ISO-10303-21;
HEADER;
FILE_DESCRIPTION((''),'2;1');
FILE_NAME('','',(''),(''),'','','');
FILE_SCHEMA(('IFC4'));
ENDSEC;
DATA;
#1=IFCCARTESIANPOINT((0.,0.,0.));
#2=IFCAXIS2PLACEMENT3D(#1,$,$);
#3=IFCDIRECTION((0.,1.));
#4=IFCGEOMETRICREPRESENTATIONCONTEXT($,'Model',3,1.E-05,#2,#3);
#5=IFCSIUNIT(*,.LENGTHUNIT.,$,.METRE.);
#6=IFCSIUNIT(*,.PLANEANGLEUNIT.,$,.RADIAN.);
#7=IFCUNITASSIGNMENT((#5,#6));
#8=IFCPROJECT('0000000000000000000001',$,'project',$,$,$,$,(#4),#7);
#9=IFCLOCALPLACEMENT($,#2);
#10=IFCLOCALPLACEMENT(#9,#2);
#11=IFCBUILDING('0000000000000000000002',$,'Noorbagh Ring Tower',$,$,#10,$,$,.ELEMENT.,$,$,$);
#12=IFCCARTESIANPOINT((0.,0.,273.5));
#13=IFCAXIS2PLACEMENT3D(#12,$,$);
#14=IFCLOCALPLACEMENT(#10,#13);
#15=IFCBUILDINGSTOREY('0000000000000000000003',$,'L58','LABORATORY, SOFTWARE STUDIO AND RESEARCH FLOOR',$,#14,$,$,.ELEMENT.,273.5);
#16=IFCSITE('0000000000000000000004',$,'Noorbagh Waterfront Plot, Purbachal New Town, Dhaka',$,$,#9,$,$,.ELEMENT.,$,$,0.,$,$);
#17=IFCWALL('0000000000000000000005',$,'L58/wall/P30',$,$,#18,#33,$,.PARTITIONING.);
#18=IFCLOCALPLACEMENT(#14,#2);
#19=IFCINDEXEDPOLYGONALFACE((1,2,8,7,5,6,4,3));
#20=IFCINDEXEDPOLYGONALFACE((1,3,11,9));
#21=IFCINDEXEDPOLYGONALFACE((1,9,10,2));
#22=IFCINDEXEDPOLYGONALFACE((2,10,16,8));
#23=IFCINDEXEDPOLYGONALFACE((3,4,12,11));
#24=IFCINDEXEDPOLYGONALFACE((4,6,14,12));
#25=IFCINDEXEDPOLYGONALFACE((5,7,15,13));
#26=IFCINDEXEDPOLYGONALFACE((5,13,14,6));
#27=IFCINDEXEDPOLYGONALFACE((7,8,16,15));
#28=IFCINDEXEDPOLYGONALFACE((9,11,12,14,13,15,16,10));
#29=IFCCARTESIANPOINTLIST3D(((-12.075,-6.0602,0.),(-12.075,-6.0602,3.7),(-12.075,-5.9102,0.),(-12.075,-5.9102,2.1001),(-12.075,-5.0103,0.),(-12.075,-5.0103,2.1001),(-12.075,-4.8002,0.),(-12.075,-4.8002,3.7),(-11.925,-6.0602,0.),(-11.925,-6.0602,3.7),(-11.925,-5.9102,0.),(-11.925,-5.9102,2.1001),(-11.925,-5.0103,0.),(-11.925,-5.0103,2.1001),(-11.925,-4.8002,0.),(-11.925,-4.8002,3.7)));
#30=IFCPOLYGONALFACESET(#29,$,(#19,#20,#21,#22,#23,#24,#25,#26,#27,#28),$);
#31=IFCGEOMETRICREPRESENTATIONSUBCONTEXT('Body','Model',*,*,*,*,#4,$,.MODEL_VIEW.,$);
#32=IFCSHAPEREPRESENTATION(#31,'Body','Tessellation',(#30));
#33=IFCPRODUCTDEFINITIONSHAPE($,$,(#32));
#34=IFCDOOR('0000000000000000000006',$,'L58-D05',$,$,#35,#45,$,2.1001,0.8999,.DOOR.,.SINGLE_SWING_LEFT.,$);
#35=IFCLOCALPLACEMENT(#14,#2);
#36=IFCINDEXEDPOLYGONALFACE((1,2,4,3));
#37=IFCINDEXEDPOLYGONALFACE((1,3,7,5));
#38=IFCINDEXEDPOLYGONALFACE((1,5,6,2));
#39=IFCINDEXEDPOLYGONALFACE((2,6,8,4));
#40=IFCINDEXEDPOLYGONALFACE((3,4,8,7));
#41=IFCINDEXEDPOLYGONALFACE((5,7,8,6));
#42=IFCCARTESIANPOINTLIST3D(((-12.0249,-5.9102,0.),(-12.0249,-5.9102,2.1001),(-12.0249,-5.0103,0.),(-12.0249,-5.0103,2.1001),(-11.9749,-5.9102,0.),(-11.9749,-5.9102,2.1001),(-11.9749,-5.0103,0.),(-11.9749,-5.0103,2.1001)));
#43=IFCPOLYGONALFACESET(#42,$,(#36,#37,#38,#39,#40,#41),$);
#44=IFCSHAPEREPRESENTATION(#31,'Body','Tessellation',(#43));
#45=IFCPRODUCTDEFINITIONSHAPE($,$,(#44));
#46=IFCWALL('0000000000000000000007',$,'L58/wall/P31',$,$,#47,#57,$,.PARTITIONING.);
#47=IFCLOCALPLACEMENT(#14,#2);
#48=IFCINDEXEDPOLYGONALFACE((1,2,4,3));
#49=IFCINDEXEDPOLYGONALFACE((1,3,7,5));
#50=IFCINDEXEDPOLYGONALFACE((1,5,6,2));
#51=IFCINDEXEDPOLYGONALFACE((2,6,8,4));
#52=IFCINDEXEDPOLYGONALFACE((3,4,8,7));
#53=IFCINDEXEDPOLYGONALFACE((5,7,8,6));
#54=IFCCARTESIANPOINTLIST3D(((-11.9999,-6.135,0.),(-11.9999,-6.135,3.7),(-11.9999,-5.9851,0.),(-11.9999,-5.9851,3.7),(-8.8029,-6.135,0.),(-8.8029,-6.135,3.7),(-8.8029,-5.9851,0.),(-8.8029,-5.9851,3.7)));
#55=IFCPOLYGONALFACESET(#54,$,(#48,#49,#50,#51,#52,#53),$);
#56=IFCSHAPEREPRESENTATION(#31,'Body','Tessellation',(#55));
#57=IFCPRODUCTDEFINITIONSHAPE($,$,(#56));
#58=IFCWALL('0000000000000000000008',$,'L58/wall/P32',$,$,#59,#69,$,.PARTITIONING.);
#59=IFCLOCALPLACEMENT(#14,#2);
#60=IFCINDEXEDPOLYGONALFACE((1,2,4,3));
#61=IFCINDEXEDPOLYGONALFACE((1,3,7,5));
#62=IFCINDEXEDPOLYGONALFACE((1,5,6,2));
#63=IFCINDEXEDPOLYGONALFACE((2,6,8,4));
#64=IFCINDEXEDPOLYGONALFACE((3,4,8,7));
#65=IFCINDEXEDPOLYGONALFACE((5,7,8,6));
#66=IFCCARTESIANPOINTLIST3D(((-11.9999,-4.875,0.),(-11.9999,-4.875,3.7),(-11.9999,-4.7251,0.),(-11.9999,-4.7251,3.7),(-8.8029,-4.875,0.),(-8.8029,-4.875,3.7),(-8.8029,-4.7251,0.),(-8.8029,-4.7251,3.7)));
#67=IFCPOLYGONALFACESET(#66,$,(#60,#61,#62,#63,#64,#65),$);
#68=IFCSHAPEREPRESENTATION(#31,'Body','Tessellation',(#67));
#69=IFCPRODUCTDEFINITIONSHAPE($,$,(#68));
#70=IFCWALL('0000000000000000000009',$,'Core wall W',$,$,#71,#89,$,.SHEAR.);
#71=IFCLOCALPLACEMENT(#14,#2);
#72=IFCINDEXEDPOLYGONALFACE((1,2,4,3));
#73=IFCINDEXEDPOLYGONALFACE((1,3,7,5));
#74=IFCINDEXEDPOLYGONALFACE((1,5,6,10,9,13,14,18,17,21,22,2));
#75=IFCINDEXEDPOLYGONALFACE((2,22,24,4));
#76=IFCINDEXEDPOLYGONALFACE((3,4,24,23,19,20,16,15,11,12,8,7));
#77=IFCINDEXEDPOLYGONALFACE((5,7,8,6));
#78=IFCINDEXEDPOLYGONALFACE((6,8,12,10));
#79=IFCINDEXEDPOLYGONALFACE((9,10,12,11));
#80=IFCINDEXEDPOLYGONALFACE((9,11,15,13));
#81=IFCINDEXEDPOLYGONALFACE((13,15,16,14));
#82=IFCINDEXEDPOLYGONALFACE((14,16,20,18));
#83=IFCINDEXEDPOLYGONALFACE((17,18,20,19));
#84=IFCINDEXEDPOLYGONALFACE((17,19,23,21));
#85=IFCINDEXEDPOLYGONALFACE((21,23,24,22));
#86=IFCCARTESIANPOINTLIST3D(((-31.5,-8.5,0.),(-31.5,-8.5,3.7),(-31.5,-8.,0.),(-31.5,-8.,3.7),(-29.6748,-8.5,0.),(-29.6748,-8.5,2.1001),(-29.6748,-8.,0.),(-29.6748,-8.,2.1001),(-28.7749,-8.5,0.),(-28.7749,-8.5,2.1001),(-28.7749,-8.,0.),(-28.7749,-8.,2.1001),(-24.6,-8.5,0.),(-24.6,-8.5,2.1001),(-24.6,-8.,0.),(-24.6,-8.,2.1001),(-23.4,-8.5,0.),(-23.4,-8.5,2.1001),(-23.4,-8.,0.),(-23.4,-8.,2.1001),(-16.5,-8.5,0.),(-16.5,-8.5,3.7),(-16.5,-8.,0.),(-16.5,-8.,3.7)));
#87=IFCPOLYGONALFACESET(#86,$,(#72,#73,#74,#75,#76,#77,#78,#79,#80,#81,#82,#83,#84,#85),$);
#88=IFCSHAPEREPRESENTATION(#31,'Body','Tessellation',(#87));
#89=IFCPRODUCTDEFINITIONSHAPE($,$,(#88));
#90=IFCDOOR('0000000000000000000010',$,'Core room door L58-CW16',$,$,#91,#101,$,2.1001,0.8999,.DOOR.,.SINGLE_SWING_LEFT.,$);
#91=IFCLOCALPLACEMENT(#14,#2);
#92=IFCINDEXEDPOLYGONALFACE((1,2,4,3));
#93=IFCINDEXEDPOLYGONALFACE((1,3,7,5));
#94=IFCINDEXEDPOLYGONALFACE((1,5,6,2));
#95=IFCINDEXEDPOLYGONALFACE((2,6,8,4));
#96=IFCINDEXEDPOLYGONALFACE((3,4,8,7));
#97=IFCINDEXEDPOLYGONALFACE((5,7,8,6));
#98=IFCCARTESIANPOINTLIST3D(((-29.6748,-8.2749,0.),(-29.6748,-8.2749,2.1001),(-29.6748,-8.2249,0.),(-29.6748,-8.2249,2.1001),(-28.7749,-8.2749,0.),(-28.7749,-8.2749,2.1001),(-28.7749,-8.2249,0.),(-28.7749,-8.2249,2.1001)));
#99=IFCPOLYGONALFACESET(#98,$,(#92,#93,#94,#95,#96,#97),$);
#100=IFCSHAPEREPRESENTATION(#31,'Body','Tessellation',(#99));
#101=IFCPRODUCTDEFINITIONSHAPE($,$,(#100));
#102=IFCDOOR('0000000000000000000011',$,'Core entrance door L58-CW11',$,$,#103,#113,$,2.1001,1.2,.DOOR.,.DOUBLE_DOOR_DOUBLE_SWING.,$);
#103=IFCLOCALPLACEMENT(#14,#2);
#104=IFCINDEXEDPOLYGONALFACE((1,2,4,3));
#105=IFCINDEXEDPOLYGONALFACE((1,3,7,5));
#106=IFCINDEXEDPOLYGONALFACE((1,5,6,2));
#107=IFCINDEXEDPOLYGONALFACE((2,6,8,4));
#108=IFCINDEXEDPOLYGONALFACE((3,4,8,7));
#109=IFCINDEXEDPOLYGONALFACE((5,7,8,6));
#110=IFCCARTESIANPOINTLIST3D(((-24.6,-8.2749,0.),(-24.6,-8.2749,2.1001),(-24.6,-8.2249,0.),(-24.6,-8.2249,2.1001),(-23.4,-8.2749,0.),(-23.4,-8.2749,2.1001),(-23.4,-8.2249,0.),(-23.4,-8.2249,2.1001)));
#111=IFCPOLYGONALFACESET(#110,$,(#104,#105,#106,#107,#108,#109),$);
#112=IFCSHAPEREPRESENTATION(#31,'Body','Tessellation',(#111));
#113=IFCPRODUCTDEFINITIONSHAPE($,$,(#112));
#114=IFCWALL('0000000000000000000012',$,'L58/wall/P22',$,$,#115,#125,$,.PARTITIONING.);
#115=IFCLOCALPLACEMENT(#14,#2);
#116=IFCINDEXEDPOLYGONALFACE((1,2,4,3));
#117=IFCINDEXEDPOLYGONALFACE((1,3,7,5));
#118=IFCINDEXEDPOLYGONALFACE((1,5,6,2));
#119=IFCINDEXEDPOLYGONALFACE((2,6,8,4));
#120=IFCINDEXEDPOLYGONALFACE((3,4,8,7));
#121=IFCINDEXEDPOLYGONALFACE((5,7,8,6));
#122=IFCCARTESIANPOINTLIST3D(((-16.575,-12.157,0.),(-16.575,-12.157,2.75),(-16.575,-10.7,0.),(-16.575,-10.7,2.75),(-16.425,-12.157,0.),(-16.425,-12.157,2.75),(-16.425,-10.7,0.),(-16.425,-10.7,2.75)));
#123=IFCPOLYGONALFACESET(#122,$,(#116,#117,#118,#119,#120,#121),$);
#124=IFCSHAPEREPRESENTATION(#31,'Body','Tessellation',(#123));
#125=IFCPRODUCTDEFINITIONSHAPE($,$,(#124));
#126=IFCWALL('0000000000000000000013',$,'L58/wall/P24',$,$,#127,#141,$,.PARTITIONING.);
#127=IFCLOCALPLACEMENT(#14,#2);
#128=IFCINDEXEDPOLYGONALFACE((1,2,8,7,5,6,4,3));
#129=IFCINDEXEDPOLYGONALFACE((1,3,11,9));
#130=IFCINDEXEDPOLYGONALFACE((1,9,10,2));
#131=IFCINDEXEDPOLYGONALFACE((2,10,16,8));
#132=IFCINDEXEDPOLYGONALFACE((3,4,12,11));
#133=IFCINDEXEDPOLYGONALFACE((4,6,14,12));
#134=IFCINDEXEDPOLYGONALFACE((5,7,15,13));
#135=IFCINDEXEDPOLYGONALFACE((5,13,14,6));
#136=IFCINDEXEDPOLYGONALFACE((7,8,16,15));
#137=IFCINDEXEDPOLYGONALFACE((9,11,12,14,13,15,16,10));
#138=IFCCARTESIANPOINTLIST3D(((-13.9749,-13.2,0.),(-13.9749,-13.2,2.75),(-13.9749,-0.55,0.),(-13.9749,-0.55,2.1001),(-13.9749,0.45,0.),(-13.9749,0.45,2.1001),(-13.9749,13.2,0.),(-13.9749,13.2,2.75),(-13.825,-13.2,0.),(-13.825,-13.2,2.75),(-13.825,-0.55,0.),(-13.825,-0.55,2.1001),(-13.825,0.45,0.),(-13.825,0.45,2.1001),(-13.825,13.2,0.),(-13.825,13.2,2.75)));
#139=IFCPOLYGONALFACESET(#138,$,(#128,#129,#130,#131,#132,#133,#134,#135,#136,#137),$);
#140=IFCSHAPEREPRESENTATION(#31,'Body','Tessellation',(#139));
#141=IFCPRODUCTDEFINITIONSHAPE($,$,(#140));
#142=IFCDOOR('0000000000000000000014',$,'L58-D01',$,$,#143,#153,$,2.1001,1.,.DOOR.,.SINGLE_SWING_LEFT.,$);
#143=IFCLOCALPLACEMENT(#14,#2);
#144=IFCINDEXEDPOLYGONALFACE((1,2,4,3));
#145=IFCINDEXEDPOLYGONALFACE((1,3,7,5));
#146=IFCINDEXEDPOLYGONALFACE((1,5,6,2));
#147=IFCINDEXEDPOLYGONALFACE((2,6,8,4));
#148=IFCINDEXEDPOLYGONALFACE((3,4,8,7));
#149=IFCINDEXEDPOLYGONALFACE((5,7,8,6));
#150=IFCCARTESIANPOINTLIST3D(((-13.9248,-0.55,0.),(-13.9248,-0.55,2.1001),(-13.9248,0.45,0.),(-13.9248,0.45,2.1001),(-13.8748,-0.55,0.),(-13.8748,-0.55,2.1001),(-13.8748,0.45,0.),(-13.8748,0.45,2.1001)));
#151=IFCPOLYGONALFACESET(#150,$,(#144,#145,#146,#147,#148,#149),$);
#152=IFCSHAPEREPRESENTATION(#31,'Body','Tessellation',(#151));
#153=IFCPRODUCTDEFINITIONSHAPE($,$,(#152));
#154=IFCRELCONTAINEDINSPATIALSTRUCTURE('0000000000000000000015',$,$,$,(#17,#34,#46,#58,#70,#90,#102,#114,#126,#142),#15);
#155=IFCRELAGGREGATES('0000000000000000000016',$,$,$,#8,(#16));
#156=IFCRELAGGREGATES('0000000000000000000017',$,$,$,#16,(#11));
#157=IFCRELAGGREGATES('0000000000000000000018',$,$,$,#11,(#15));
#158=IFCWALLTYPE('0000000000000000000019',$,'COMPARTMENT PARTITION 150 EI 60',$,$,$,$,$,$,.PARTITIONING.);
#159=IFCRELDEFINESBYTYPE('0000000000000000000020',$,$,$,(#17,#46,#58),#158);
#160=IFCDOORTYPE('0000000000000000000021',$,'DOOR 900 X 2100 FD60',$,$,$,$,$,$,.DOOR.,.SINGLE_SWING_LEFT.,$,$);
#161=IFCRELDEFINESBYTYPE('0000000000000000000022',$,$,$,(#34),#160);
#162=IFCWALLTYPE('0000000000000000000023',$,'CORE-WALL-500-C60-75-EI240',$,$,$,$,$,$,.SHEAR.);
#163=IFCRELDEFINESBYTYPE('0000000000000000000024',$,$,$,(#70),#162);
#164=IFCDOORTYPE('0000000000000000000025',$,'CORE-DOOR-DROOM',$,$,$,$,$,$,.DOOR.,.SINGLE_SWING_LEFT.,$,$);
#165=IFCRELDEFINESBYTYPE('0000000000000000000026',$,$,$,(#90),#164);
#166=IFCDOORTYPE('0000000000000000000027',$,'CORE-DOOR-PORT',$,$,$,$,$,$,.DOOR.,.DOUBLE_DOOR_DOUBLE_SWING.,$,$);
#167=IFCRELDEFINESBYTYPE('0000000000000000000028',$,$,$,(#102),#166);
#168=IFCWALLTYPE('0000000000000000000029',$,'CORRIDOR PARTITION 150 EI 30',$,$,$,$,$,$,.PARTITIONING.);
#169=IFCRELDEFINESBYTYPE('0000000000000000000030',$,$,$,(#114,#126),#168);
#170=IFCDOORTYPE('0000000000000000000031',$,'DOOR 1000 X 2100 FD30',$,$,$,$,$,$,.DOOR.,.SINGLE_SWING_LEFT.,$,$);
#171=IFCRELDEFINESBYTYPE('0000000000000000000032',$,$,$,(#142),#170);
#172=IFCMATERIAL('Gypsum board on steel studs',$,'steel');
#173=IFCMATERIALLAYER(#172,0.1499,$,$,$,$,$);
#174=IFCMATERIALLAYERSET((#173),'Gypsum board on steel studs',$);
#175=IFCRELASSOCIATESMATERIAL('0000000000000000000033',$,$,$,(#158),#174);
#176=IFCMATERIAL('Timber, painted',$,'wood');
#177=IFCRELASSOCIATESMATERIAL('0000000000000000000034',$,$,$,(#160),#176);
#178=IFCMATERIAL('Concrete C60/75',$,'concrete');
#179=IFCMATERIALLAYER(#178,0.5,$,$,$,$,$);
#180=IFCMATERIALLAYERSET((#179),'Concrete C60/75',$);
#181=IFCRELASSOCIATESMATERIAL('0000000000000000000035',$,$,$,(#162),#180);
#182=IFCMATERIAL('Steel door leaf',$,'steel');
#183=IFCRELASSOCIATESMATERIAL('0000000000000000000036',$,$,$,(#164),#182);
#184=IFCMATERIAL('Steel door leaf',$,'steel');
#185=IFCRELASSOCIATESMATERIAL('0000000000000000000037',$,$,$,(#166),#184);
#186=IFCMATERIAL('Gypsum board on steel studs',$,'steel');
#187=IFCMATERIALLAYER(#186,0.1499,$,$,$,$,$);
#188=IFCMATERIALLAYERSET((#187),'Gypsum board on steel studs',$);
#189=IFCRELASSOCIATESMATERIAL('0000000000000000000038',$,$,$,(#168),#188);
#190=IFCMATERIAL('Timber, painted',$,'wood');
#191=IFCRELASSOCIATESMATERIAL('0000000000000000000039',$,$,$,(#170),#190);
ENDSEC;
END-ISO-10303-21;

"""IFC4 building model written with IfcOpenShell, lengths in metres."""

from ifc_helpers import new_model, si_unit, direction, frame, frame_2d, origin, place, context, subcontext, project, spatial, rectangle, extrude, material, layer, layer_set, type_object, element, fill, save


model = new_model("IFC4")

# Units and contexts
model_context = context("Model", 3, precision=1e-05, world=origin(), true_north=direction((0.0, 1.0)))
body_context = subcontext(model_context, "Body", "Model", "MODEL_VIEW")
ifc_project = project(units=[si_unit("LENGTHUNIT", "METRE"), si_unit("PLANEANGLEUNIT", "RADIAN")], contexts=[model_context])

# Site, building, storey
site_placement = place(None, origin())
site = spatial("IfcSite", under=ifc_project, at=site_placement, Name="Noorbagh Waterfront Plot, Purbachal New Town, Dhaka", CompositionType="ELEMENT", RefElevation=0.0)
building_placement = place(site_placement, origin())
building = spatial("IfcBuilding", under=site, at=building_placement, Name="Noorbagh Ring Tower", CompositionType="ELEMENT")
storey_placement = place(building_placement, frame((0.0, 0.0, 273.5)))
storey = spatial("IfcBuildingStorey", under=building, at=storey_placement, Name="L58", Description="LABORATORY, SOFTWARE STUDIO AND RESEARCH FLOOR", CompositionType="ELEMENT", Elevation=273.5)

# Wall, opening, door
ifc_material_1 = material(Name="Gypsum board on steel studs", Category="steel")
ifc_layer_1 = layer(ifc_material_1, 0.1499)
ifc_layer_set_1 = layer_set([ifc_layer_1], Name="Gypsum board on steel studs")
wall_type_1 = type_object("IfcWallType", Name="COMPARTMENT PARTITION 150 EI 60", PredefinedType="PARTITIONING", material=ifc_layer_set_1)
wall_1_placement = place(storey_placement, frame((-12.0, -6.0601, 0.0), z_axis=(0.0, 0.0, 1.0), x_axis=(0.0, 1.0, 0.0)))
wall_1 = element("IfcWall", 1, at=wall_1_placement, inside=storey, type_object=wall_type_1, Name="L58/wall/P30", PredefinedType="PARTITIONING", context=body_context, shape_type="SweptSolid", body=[
    extrude(rectangle(XDim=1.26, YDim=0.1499, at=frame_2d((0.6299, 0.0))), origin(), (0.0, 0.0, 1.0), 3.7),
])
opening_1_placement = place(wall_1_placement, frame((0.1499, 0.0, 0.0)))
opening_1 = element("IfcOpeningElement", 2, at=opening_1_placement, cuts=wall_1, PredefinedType="OPENING", context=body_context, shape_type="SweptSolid", body=[
    extrude(rectangle(XDim=0.8999, YDim=2.1001, at=frame_2d((0.45, 1.05))), frame((0.0, 0.085, 0.0), z_axis=(0.0, -1.0, 0.0), x_axis=(1.0, 0.0, 0.0)), (0.0, 0.0, 1.0), 0.1699),
])
ifc_material_2 = material(Name="Timber, painted", Category="wood")
door_type_1 = type_object("IfcDoorType", Name="DOOR 900 X 2100 FD60", OperationType="SINGLE_SWING_LEFT", PredefinedType="DOOR", material=ifc_material_2)
door_1_placement = place(opening_1_placement, origin())
door_1 = element("IfcDoor", 3, at=door_1_placement, inside=storey, type_object=door_type_1, Name="L58-D05", OperationType="SINGLE_SWING_LEFT", OverallHeight=2.1001, OverallWidth=0.8999, PredefinedType="DOOR", context=body_context, shape_type="SweptSolid", body=[
    extrude(rectangle(XDim=0.8999, YDim=2.1001, at=frame_2d((0.45, 1.05))), frame((0.0, 0.0249, 0.0), z_axis=(0.0, -1.0, 0.0), x_axis=(1.0, 0.0, 0.0)), (0.0, 0.0, 1.0), 0.05),
])
fill(opening_1, door_1)

# Walls
for number, where, z_axis, x_axis, name in (
    (4, (-12.0, -6.0601, 0.0), (0.0, 0.0, 1.0), (1.0, 0.0, 0.0), "L58/wall/P31"),
    (5, (-12.0, -4.8, 0.0), (0.0, 0.0, 1.0), (1.0, 0.0, 0.0), "L58/wall/P32"),
):
    element("IfcWall", number, at=place(storey_placement, frame(where, z_axis=z_axis, x_axis=x_axis)), inside=storey, type_object=wall_type_1, Name=name, PredefinedType="PARTITIONING", context=body_context, shape_type="SweptSolid", body=[
        extrude(rectangle(XDim=3.197, YDim=0.1499, at=frame_2d((1.5986, 0.0))), origin(), (0.0, 0.0, 1.0), 3.7),
    ])

# Wall, openings, doors
ifc_material_3 = material(Name="Concrete C60/75", Category="concrete")
ifc_layer_2 = layer(ifc_material_3, 0.5)
ifc_layer_set_2 = layer_set([ifc_layer_2], Name="Concrete C60/75")
wall_type_2 = type_object("IfcWallType", Name="CORE-WALL-500-C60-75-EI240", PredefinedType="SHEAR", material=ifc_layer_set_2)
wall_2_placement = place(storey_placement, frame((-16.5, -8.25, 0.0), z_axis=(0.0, 0.0, 1.0), x_axis=(-1.0, 0.0, 0.0)))
wall_2 = element("IfcWall", 6, at=wall_2_placement, inside=storey, type_object=wall_type_2, Name="Core wall W", PredefinedType="SHEAR", context=body_context, shape_type="SweptSolid", body=[
    extrude(rectangle(XDim=15.0, YDim=0.5, at=frame_2d((7.5, 0.0))), origin(), (0.0, 0.0, 1.0), 3.7),
])
opening_2_placement = place(wall_2_placement, frame((6.8999, 0.0, 0.0)))
opening_2 = element("IfcOpeningElement", 7, at=opening_2_placement, cuts=wall_2, PredefinedType="OPENING", context=body_context, shape_type="SweptSolid", body=[
    extrude(rectangle(XDim=1.2, YDim=2.1001, at=frame_2d((0.6001, 1.05))), frame((0.0, 0.26, 0.0), z_axis=(0.0, -1.0, 0.0), x_axis=(1.0, 0.0, 0.0)), (0.0, 0.0, 1.0), 0.52),
])
opening_3_placement = place(wall_2_placement, frame((12.2749, 0.0, 0.0)))
opening_3 = element("IfcOpeningElement", 8, at=opening_3_placement, cuts=wall_2, PredefinedType="OPENING", context=body_context, shape_type="SweptSolid", body=[
    extrude(rectangle(XDim=0.8999, YDim=2.1001, at=frame_2d((0.45, 1.05))), frame((0.0, 0.26, 0.0), z_axis=(0.0, -1.0, 0.0), x_axis=(1.0, 0.0, 0.0)), (0.0, 0.0, 1.0), 0.52),
])
ifc_material_4 = material(Name="Steel door leaf", Category="steel")
door_type_2 = type_object("IfcDoorType", Name="CORE-DOOR-DROOM", OperationType="SINGLE_SWING_LEFT", PredefinedType="DOOR", material=ifc_material_4)
door_2_placement = place(opening_3_placement, origin())
door_2 = element("IfcDoor", 9, at=door_2_placement, inside=storey, type_object=door_type_2, Name="Core room door L58-CW16", OperationType="SINGLE_SWING_LEFT", OverallHeight=2.1001, OverallWidth=0.8999, PredefinedType="DOOR", context=body_context, shape_type="SweptSolid", body=[
    extrude(rectangle(XDim=0.8999, YDim=2.1001, at=frame_2d((0.45, 1.05))), frame((0.0, 0.0249, 0.0), z_axis=(0.0, -1.0, 0.0), x_axis=(1.0, 0.0, 0.0)), (0.0, 0.0, 1.0), 0.05),
])
fill(opening_3, door_2)
ifc_material_5 = material(Name="Steel door leaf", Category="steel")
door_type_3 = type_object("IfcDoorType", Name="CORE-DOOR-PORT", OperationType="DOUBLE_DOOR_DOUBLE_SWING", PredefinedType="DOOR", material=ifc_material_5)
door_3_placement = place(opening_2_placement, origin())
door_3 = element("IfcDoor", 10, at=door_3_placement, inside=storey, type_object=door_type_3, Name="Core entrance door L58-CW11", OperationType="DOUBLE_DOOR_DOUBLE_SWING", OverallHeight=2.1001, OverallWidth=1.2, PredefinedType="DOOR", context=body_context, shape_type="SweptSolid", body=[
    extrude(rectangle(XDim=1.2, YDim=2.1001, at=frame_2d((0.6001, 1.05))), frame((0.0, 0.0249, 0.0), z_axis=(0.0, -1.0, 0.0), x_axis=(1.0, 0.0, 0.0)), (0.0, 0.0, 1.0), 0.05),
])
fill(opening_2, door_3)

# Wall
ifc_material_6 = material(Name="Gypsum board on steel studs", Category="steel")
ifc_layer_3 = layer(ifc_material_6, 0.1499)
ifc_layer_set_3 = layer_set([ifc_layer_3], Name="Gypsum board on steel studs")
wall_type_3 = type_object("IfcWallType", Name="CORRIDOR PARTITION 150 EI 30", PredefinedType="PARTITIONING", material=ifc_layer_set_3)
wall_3_placement = place(storey_placement, frame((-16.5, -12.157, 0.0), z_axis=(0.0, 0.0, 1.0), x_axis=(0.0, 1.0, 0.0)))
element("IfcWall", 11, at=wall_3_placement, inside=storey, type_object=wall_type_3, Name="L58/wall/P22", PredefinedType="PARTITIONING", context=body_context, shape_type="SweptSolid", body=[
    extrude(rectangle(XDim=1.457, YDim=0.1499, at=frame_2d((0.7285, 0.0))), origin(), (0.0, 0.0, 1.0), 2.75),
])

# Wall, opening, door
wall_4_placement = place(storey_placement, frame((-13.8999, -13.2, 0.0), z_axis=(0.0, 0.0, 1.0), x_axis=(0.0, 1.0, 0.0)))
wall_4 = element("IfcWall", 12, at=wall_4_placement, inside=storey, type_object=wall_type_3, Name="L58/wall/P24", PredefinedType="PARTITIONING", context=body_context, shape_type="SweptSolid", body=[
    extrude(rectangle(XDim=26.3999, YDim=0.1499, at=frame_2d((13.2, 0.0))), origin(), (0.0, 0.0, 1.0), 2.75),
])
opening_4_placement = place(wall_4_placement, frame((12.6499, 0.0, 0.0)))
opening_4 = element("IfcOpeningElement", 13, at=opening_4_placement, cuts=wall_4, PredefinedType="OPENING", context=body_context, shape_type="SweptSolid", body=[
    extrude(rectangle(XDim=1.0, YDim=2.1001, at=frame_2d((0.5, 1.05))), frame((0.0, 0.085, 0.0), z_axis=(0.0, -1.0, 0.0), x_axis=(1.0, 0.0, 0.0)), (0.0, 0.0, 1.0), 0.1699),
])
ifc_material_7 = material(Name="Timber, painted", Category="wood")
door_type_4 = type_object("IfcDoorType", Name="DOOR 1000 X 2100 FD30", OperationType="SINGLE_SWING_LEFT", PredefinedType="DOOR", material=ifc_material_7)
door_4_placement = place(opening_4_placement, origin())
door_4 = element("IfcDoor", 14, at=door_4_placement, inside=storey, type_object=door_type_4, Name="L58-D01", OperationType="SINGLE_SWING_LEFT", OverallHeight=2.1001, OverallWidth=1.0, PredefinedType="DOOR", context=body_context, shape_type="SweptSolid", body=[
    extrude(rectangle(XDim=1.0, YDim=2.1001, at=frame_2d((0.5, 1.05))), frame((0.0, 0.0249, 0.0), z_axis=(0.0, -1.0, 0.0), x_axis=(1.0, 0.0, 0.0)), (0.0, 0.0, 1.0), 0.05),
])
fill(opening_4, door_4)

save(model, "model.ifc")
